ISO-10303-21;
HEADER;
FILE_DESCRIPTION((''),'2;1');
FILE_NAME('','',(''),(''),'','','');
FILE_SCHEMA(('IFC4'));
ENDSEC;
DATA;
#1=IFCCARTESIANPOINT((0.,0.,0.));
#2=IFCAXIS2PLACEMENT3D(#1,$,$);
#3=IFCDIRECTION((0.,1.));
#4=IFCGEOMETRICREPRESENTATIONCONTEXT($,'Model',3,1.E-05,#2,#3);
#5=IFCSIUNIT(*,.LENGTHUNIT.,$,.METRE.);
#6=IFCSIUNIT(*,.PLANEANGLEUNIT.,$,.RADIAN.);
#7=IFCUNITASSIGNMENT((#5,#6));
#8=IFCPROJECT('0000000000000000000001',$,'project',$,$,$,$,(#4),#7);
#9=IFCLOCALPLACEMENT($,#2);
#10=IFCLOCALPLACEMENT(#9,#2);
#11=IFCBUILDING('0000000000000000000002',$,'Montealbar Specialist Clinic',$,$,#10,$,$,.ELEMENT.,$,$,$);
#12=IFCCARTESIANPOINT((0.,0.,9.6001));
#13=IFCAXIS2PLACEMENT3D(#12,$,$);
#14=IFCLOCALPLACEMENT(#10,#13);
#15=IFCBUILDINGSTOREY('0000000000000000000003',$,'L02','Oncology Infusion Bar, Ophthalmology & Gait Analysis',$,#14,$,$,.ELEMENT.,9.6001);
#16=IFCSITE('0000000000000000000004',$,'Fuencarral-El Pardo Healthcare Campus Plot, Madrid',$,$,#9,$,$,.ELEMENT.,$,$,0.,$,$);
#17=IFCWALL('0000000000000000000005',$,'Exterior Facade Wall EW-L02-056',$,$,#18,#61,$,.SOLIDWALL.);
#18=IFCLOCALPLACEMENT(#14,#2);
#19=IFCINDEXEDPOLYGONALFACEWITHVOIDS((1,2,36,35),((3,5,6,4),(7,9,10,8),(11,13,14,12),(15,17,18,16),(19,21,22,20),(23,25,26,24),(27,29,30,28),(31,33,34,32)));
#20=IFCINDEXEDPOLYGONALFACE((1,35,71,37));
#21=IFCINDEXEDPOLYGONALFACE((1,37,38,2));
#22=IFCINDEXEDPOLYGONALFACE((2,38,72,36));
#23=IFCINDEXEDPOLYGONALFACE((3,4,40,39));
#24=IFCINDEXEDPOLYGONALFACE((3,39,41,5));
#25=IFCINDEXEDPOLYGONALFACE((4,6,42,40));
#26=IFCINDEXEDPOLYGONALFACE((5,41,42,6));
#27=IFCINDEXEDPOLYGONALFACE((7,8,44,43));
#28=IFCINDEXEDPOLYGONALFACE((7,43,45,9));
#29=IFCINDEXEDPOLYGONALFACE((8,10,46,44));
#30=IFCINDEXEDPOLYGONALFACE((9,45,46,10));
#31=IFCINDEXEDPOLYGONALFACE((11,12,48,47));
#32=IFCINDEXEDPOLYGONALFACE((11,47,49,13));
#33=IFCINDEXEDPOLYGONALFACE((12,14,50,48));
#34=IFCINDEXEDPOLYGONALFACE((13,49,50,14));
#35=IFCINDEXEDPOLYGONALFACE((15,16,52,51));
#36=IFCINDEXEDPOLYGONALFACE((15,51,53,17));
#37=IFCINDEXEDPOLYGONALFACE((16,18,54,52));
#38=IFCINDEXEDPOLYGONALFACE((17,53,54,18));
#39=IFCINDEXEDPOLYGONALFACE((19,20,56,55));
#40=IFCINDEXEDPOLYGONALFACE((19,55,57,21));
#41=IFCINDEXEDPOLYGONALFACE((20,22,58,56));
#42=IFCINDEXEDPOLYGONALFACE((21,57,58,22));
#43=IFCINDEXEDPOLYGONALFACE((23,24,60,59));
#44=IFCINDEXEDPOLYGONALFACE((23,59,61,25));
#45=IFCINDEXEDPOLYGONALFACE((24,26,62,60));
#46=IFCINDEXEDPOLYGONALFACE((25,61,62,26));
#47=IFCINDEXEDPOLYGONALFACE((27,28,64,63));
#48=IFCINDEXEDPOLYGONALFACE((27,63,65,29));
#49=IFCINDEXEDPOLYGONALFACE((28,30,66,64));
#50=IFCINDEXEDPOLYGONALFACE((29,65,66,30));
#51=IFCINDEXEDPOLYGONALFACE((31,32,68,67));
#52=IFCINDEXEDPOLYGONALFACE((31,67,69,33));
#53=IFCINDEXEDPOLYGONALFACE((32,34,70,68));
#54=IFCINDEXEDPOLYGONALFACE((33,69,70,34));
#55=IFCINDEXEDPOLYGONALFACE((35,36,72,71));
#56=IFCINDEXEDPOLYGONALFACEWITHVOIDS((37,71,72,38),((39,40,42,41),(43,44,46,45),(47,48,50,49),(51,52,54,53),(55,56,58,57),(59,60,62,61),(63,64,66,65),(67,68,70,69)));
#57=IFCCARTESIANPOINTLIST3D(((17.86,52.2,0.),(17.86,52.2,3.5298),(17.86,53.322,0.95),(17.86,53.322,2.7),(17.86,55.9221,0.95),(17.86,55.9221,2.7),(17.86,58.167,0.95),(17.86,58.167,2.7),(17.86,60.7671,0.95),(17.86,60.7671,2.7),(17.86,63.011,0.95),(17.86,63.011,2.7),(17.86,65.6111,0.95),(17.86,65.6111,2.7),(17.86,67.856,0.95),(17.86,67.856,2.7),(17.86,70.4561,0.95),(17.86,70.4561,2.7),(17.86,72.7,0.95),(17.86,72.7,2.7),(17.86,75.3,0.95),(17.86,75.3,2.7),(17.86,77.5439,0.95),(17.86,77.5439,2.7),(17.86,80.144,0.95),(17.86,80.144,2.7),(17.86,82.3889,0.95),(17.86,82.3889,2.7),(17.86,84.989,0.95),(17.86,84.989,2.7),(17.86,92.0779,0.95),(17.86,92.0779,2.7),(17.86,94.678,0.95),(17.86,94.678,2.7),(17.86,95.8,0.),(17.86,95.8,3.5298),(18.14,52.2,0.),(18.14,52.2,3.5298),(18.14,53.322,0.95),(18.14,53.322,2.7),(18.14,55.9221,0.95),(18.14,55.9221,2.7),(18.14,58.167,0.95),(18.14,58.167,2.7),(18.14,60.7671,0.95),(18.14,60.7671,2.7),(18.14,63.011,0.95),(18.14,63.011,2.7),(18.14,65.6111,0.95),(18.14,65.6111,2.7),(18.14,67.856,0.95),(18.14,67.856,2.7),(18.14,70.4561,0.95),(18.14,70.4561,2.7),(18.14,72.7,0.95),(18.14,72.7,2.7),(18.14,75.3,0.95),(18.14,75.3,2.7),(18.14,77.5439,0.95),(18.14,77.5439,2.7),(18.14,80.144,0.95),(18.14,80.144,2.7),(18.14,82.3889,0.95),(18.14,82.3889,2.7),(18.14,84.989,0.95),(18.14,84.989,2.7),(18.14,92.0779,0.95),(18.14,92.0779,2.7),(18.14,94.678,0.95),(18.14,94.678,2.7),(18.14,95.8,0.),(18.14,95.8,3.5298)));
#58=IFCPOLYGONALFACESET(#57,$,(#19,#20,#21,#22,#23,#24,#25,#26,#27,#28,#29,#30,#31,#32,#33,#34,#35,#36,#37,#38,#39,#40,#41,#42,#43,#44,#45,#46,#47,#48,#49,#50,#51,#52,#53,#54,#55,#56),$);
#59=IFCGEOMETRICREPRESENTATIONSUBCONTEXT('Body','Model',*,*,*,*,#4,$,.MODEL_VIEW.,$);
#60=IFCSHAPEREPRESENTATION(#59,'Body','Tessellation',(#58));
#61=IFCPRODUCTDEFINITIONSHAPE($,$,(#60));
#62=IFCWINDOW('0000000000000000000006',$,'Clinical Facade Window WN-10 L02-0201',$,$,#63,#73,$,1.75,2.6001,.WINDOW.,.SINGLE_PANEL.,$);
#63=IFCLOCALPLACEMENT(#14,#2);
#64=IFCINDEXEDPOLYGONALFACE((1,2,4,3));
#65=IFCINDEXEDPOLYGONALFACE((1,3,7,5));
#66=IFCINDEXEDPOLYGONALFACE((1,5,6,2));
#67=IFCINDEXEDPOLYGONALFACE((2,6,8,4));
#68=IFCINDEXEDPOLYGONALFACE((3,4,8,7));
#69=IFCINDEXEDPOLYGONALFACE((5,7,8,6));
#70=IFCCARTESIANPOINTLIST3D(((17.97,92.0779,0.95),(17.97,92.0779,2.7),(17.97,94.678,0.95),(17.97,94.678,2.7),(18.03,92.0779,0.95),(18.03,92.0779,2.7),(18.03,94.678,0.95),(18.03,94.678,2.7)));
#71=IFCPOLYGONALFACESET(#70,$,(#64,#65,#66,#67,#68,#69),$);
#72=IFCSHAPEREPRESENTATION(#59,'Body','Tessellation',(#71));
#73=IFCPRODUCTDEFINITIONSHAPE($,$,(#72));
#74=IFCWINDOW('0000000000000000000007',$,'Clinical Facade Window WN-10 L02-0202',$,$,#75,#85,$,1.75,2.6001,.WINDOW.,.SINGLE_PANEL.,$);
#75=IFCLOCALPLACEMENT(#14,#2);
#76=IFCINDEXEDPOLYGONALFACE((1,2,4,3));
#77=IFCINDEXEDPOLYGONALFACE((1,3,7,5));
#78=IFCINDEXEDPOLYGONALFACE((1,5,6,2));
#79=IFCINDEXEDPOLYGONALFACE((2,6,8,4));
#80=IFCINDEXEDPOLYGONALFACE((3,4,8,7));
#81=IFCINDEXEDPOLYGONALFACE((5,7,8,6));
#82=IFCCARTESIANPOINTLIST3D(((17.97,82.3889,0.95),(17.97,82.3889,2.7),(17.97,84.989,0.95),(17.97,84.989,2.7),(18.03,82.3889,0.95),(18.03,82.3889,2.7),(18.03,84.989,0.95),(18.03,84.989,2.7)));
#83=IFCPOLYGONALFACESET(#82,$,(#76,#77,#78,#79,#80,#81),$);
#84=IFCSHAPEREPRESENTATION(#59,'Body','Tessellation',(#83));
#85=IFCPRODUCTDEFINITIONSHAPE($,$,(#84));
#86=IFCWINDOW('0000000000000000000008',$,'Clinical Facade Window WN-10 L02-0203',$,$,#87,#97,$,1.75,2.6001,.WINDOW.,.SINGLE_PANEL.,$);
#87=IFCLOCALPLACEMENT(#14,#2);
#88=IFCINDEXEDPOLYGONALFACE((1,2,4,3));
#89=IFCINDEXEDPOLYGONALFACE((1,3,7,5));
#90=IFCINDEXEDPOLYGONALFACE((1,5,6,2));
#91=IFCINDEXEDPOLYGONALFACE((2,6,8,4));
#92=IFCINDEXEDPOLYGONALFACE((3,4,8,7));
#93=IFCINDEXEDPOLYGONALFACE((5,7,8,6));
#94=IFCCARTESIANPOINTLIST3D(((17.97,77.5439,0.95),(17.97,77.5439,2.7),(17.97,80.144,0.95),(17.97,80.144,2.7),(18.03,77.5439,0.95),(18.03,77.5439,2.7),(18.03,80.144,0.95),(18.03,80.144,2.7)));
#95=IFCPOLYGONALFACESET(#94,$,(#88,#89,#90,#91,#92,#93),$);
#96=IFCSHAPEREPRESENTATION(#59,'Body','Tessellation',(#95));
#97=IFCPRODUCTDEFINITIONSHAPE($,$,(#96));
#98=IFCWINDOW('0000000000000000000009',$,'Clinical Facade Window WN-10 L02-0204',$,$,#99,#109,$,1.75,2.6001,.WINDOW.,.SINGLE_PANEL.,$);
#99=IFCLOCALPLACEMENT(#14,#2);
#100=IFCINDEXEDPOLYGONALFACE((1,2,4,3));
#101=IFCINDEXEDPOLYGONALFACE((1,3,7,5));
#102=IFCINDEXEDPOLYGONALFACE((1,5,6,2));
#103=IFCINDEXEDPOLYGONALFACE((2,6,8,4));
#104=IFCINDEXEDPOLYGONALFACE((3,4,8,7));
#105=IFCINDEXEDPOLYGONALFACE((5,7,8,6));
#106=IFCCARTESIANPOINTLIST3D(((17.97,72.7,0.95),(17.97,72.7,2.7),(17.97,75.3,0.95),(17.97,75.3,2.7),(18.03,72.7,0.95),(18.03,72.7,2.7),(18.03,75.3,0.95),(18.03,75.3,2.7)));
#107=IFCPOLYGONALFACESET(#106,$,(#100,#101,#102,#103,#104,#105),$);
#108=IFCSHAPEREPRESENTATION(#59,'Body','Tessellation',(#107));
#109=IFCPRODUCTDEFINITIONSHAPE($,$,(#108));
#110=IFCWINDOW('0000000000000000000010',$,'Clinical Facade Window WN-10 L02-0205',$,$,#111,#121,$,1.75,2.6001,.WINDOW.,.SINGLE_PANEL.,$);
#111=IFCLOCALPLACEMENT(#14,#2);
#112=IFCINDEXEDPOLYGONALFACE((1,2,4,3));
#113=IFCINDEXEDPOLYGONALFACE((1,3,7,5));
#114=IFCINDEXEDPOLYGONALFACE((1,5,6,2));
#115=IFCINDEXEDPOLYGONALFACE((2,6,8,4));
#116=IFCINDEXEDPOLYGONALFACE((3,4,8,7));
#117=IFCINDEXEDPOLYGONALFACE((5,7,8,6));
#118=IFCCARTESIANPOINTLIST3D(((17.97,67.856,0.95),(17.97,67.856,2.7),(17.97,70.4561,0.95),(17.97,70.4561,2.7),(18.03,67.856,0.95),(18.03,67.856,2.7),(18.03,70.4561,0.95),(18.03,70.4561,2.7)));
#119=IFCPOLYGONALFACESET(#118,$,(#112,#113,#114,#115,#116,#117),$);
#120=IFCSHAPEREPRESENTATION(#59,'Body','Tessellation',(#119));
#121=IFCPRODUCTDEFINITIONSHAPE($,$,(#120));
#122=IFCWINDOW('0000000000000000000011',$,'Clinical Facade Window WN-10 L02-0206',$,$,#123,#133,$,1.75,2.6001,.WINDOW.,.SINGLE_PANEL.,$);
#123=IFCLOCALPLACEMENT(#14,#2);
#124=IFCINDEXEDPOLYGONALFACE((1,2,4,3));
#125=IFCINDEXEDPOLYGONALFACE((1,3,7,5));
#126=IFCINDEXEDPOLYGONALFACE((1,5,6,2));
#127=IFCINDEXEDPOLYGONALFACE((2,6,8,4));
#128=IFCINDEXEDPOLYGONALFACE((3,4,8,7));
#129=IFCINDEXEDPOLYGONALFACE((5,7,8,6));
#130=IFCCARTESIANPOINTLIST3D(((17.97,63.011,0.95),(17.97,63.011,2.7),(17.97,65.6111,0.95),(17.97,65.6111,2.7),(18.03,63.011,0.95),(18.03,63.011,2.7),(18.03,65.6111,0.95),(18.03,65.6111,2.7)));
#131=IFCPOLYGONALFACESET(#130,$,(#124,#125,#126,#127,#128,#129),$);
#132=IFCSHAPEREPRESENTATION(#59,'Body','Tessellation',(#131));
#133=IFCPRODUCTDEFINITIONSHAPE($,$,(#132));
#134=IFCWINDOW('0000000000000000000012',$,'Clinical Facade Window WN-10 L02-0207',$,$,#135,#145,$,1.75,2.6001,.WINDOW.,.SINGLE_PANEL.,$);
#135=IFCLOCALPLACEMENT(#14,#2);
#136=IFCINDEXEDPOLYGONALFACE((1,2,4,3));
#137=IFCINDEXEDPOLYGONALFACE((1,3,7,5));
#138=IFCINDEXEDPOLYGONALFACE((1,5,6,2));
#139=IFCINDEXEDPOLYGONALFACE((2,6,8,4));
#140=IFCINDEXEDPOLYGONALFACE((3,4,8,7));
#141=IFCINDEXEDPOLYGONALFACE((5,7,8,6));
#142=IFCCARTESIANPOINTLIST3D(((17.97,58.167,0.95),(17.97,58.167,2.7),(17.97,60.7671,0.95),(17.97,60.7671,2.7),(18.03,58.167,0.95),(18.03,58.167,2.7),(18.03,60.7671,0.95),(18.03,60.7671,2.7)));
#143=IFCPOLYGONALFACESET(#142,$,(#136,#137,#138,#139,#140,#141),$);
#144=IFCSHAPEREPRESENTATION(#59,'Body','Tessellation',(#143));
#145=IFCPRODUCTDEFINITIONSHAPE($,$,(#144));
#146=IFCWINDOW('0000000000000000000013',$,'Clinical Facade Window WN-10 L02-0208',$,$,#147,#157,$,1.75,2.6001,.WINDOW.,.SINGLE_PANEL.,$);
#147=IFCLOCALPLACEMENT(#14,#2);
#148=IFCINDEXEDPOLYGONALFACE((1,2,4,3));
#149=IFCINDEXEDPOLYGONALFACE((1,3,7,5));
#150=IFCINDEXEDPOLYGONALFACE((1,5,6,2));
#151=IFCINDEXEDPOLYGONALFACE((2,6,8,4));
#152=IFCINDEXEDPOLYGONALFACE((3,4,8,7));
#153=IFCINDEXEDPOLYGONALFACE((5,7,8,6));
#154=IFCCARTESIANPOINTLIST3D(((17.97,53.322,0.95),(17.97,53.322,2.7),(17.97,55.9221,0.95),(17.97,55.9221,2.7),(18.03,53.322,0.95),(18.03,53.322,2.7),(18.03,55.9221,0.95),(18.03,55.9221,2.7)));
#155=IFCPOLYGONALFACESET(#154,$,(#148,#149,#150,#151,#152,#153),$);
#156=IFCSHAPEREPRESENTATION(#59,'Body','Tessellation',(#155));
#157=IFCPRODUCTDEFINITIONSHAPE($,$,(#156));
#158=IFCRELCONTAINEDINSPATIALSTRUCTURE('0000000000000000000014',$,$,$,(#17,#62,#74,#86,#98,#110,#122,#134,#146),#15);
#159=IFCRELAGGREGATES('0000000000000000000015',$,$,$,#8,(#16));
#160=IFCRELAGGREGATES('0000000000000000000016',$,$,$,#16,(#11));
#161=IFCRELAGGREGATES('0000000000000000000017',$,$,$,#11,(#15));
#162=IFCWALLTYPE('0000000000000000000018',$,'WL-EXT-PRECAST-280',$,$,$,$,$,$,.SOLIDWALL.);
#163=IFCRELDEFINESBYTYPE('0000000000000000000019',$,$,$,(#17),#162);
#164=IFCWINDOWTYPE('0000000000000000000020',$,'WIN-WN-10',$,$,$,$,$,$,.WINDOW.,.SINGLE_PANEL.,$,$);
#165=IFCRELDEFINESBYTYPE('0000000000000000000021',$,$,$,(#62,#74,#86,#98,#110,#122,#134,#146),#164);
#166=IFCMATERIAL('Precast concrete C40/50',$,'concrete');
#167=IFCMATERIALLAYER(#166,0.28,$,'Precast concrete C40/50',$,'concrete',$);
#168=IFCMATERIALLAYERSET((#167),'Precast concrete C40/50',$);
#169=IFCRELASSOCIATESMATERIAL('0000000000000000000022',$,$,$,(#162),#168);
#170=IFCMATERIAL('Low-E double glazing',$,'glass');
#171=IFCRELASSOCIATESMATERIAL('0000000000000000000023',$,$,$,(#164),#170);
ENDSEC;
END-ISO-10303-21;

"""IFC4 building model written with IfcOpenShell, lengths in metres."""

from ifc_helpers import new_model, si_unit, direction, frame, frame_2d, origin, place, context, subcontext, project, spatial, rectangle, extrude, material, layer, layer_set, type_object, element, fill, save


model = new_model("IFC4")

# Units and contexts
model_context = context("Model", 3, precision=1e-05, world=origin(), true_north=direction((0.0, 1.0)))
body_context = subcontext(model_context, "Body", "Model", "MODEL_VIEW")
ifc_project = project(units=[si_unit("LENGTHUNIT", "METRE"), si_unit("PLANEANGLEUNIT", "RADIAN")], contexts=[model_context])

# Site, building, storey
site_placement = place(None, origin())
site = spatial("IfcSite", under=ifc_project, at=site_placement, Name="Fuencarral-El Pardo Healthcare Campus Plot, Madrid", CompositionType="ELEMENT", RefElevation=0.0)
building_placement = place(site_placement, origin())
building = spatial("IfcBuilding", under=site, at=building_placement, Name="Montealbar Specialist Clinic", CompositionType="ELEMENT")
storey_placement = place(building_placement, frame((0.0, 0.0, 9.6001)))
storey = spatial("IfcBuildingStorey", under=building, at=storey_placement, Name="L02", Description="Oncology Infusion Bar, Ophthalmology & Gait Analysis", CompositionType="ELEMENT", Elevation=9.6001)

# Wall, openings, windows
ifc_material_1 = material(Name="Precast concrete C40/50", Category="concrete")
ifc_layer_1 = layer(ifc_material_1, 0.28, Name="Precast concrete C40/50", Category="concrete")
ifc_layer_set_1 = layer_set([ifc_layer_1], Name="Precast concrete C40/50")
wall_type_1 = type_object("IfcWallType", Name="WL-EXT-PRECAST-280", PredefinedType="SOLIDWALL", material=ifc_layer_set_1)
wall_1_placement = place(storey_placement, frame((18.0, 95.8, 0.0), z_axis=(0.0, 0.0, 1.0), x_axis=(0.0, -1.0, 0.0)))
wall_1 = element("IfcWall", 1, at=wall_1_placement, inside=storey, type_object=wall_type_1, Name="Exterior Facade Wall EW-L02-056", PredefinedType="SOLIDWALL", context=body_context, shape_type="SweptSolid", body=[
    extrude(rectangle(XDim=43.6001, YDim=0.28, at=frame_2d((21.8, 0.0))), origin(), (0.0, 0.0, 1.0), 3.5298),
])
opening_1_placement = place(wall_1_placement, frame((1.1221, 0.0, 0.95)))
opening_1 = element("IfcOpeningElement", 2, at=opening_1_placement, cuts=wall_1, PredefinedType="OPENING", context=body_context, shape_type="SweptSolid", body=[
    extrude(rectangle(XDim=2.6001, YDim=1.75, at=frame_2d((1.3, 0.875))), frame((0.0, 0.1499, 0.0), z_axis=(0.0, -1.0, 0.0), x_axis=(1.0, 0.0, 0.0)), (0.0, 0.0, 1.0), 0.3),
])
opening_2_placement = place(wall_1_placement, frame((10.811, 0.0, 0.95)))
opening_2 = element("IfcOpeningElement", 3, at=opening_2_placement, cuts=wall_1, PredefinedType="OPENING", context=body_context, shape_type="SweptSolid", body=[
    extrude(rectangle(XDim=2.6001, YDim=1.75, at=frame_2d((1.3, 0.875))), frame((0.0, 0.1499, 0.0), z_axis=(0.0, -1.0, 0.0), x_axis=(1.0, 0.0, 0.0)), (0.0, 0.0, 1.0), 0.3),
])
opening_3_placement = place(wall_1_placement, frame((15.656, 0.0, 0.95)))
opening_3 = element("IfcOpeningElement", 4, at=opening_3_placement, cuts=wall_1, PredefinedType="OPENING", context=body_context, shape_type="SweptSolid", body=[
    extrude(rectangle(XDim=2.6001, YDim=1.75, at=frame_2d((1.3, 0.875))), frame((0.0, 0.1499, 0.0), z_axis=(0.0, -1.0, 0.0), x_axis=(1.0, 0.0, 0.0)), (0.0, 0.0, 1.0), 0.3),
])
opening_4_placement = place(wall_1_placement, frame((20.5, 0.0, 0.95)))
opening_4 = element("IfcOpeningElement", 5, at=opening_4_placement, cuts=wall_1, PredefinedType="OPENING", context=body_context, shape_type="SweptSolid", body=[
    extrude(rectangle(XDim=2.6001, YDim=1.75, at=frame_2d((1.3, 0.875))), frame((0.0, 0.1499, 0.0), z_axis=(0.0, -1.0, 0.0), x_axis=(1.0, 0.0, 0.0)), (0.0, 0.0, 1.0), 0.3),
])
opening_5_placement = place(wall_1_placement, frame((25.344, 0.0, 0.95)))
opening_5 = element("IfcOpeningElement", 6, at=opening_5_placement, cuts=wall_1, PredefinedType="OPENING", context=body_context, shape_type="SweptSolid", body=[
    extrude(rectangle(XDim=2.6001, YDim=1.75, at=frame_2d((1.3, 0.875))), frame((0.0, 0.1499, 0.0), z_axis=(0.0, -1.0, 0.0), x_axis=(1.0, 0.0, 0.0)), (0.0, 0.0, 1.0), 0.3),
])
opening_6_placement = place(wall_1_placement, frame((30.189, 0.0, 0.95)))
opening_6 = element("IfcOpeningElement", 7, at=opening_6_placement, cuts=wall_1, PredefinedType="OPENING", context=body_context, shape_type="SweptSolid", body=[
    extrude(rectangle(XDim=2.6001, YDim=1.75, at=frame_2d((1.3, 0.875))), frame((0.0, 0.1499, 0.0), z_axis=(0.0, -1.0, 0.0), x_axis=(1.0, 0.0, 0.0)), (0.0, 0.0, 1.0), 0.3),
])
opening_7_placement = place(wall_1_placement, frame((35.033, 0.0, 0.95)))
opening_7 = element("IfcOpeningElement", 8, at=opening_7_placement, cuts=wall_1, PredefinedType="OPENING", context=body_context, shape_type="SweptSolid", body=[
    extrude(rectangle(XDim=2.6001, YDim=1.75, at=frame_2d((1.3, 0.875))), frame((0.0, 0.1499, 0.0), z_axis=(0.0, -1.0, 0.0), x_axis=(1.0, 0.0, 0.0)), (0.0, 0.0, 1.0), 0.3),
])
opening_8_placement = place(wall_1_placement, frame((39.8779, 0.0, 0.95)))
opening_8 = element("IfcOpeningElement", 9, at=opening_8_placement, cuts=wall_1, PredefinedType="OPENING", context=body_context, shape_type="SweptSolid", body=[
    extrude(rectangle(XDim=2.6001, YDim=1.75, at=frame_2d((1.3, 0.875))), frame((0.0, 0.1499, 0.0), z_axis=(0.0, -1.0, 0.0), x_axis=(1.0, 0.0, 0.0)), (0.0, 0.0, 1.0), 0.3),
])
ifc_material_2 = material(Name="Low-E double glazing", Category="glass")
window_type = type_object("IfcWindowType", Name="WIN-WN-10", PartitioningType="SINGLE_PANEL", PredefinedType="WINDOW", material=ifc_material_2)
window_1_placement = place(opening_1_placement, origin())
window_1 = element("IfcWindow", 10, at=window_1_placement, inside=storey, type_object=window_type, Name="Clinical Facade Window WN-10 L02-0201", OverallHeight=1.75, OverallWidth=2.6001, PartitioningType="SINGLE_PANEL", PredefinedType="WINDOW", context=body_context, shape_type="SweptSolid", body=[
    extrude(rectangle(XDim=2.6001, YDim=1.75, at=frame_2d((1.3, 0.875))), frame((0.0, 0.03, 0.0), z_axis=(0.0, -1.0, 0.0), x_axis=(1.0, 0.0, 0.0)), (0.0, 0.0, 1.0), 0.0601),
])
fill(opening_1, window_1)
window_2_placement = place(opening_2_placement, origin())
window_2 = element("IfcWindow", 11, at=window_2_placement, inside=storey, type_object=window_type, Name="Clinical Facade Window WN-10 L02-0202", OverallHeight=1.75, OverallWidth=2.6001, PartitioningType="SINGLE_PANEL", PredefinedType="WINDOW", context=body_context, shape_type="SweptSolid", body=[
    extrude(rectangle(XDim=2.6001, YDim=1.75, at=frame_2d((1.3, 0.875))), frame((0.0, 0.03, 0.0), z_axis=(0.0, -1.0, 0.0), x_axis=(1.0, 0.0, 0.0)), (0.0, 0.0, 1.0), 0.0601),
])
fill(opening_2, window_2)
window_3_placement = place(opening_3_placement, origin())
window_3 = element("IfcWindow", 12, at=window_3_placement, inside=storey, type_object=window_type, Name="Clinical Facade Window WN-10 L02-0203", OverallHeight=1.75, OverallWidth=2.6001, PartitioningType="SINGLE_PANEL", PredefinedType="WINDOW", context=body_context, shape_type="SweptSolid", body=[
    extrude(rectangle(XDim=2.6001, YDim=1.75, at=frame_2d((1.3, 0.875))), frame((0.0, 0.03, 0.0), z_axis=(0.0, -1.0, 0.0), x_axis=(1.0, 0.0, 0.0)), (0.0, 0.0, 1.0), 0.0601),
])
fill(opening_3, window_3)
window_4_placement = place(opening_4_placement, origin())
window_4 = element("IfcWindow", 13, at=window_4_placement, inside=storey, type_object=window_type, Name="Clinical Facade Window WN-10 L02-0204", OverallHeight=1.75, OverallWidth=2.6001, PartitioningType="SINGLE_PANEL", PredefinedType="WINDOW", context=body_context, shape_type="SweptSolid", body=[
    extrude(rectangle(XDim=2.6001, YDim=1.75, at=frame_2d((1.3, 0.875))), frame((0.0, 0.03, 0.0), z_axis=(0.0, -1.0, 0.0), x_axis=(1.0, 0.0, 0.0)), (0.0, 0.0, 1.0), 0.0601),
])
fill(opening_4, window_4)
window_5_placement = place(opening_5_placement, origin())
window_5 = element("IfcWindow", 14, at=window_5_placement, inside=storey, type_object=window_type, Name="Clinical Facade Window WN-10 L02-0205", OverallHeight=1.75, OverallWidth=2.6001, PartitioningType="SINGLE_PANEL", PredefinedType="WINDOW", context=body_context, shape_type="SweptSolid", body=[
    extrude(rectangle(XDim=2.6001, YDim=1.75, at=frame_2d((1.3, 0.875))), frame((0.0, 0.03, 0.0), z_axis=(0.0, -1.0, 0.0), x_axis=(1.0, 0.0, 0.0)), (0.0, 0.0, 1.0), 0.0601),
])
fill(opening_5, window_5)
window_6_placement = place(opening_6_placement, origin())
window_6 = element("IfcWindow", 15, at=window_6_placement, inside=storey, type_object=window_type, Name="Clinical Facade Window WN-10 L02-0206", OverallHeight=1.75, OverallWidth=2.6001, PartitioningType="SINGLE_PANEL", PredefinedType="WINDOW", context=body_context, shape_type="SweptSolid", body=[
    extrude(rectangle(XDim=2.6001, YDim=1.75, at=frame_2d((1.3, 0.875))), frame((0.0, 0.03, 0.0), z_axis=(0.0, -1.0, 0.0), x_axis=(1.0, 0.0, 0.0)), (0.0, 0.0, 1.0), 0.0601),
])
fill(opening_6, window_6)
window_7_placement = place(opening_7_placement, origin())
window_7 = element("IfcWindow", 16, at=window_7_placement, inside=storey, type_object=window_type, Name="Clinical Facade Window WN-10 L02-0207", OverallHeight=1.75, OverallWidth=2.6001, PartitioningType="SINGLE_PANEL", PredefinedType="WINDOW", context=body_context, shape_type="SweptSolid", body=[
    extrude(rectangle(XDim=2.6001, YDim=1.75, at=frame_2d((1.3, 0.875))), frame((0.0, 0.03, 0.0), z_axis=(0.0, -1.0, 0.0), x_axis=(1.0, 0.0, 0.0)), (0.0, 0.0, 1.0), 0.0601),
])
fill(opening_7, window_7)
window_8_placement = place(opening_8_placement, origin())
window_8 = element("IfcWindow", 17, at=window_8_placement, inside=storey, type_object=window_type, Name="Clinical Facade Window WN-10 L02-0208", OverallHeight=1.75, OverallWidth=2.6001, PartitioningType="SINGLE_PANEL", PredefinedType="WINDOW", context=body_context, shape_type="SweptSolid", body=[
    extrude(rectangle(XDim=2.6001, YDim=1.75, at=frame_2d((1.3, 0.875))), frame((0.0, 0.03, 0.0), z_axis=(0.0, -1.0, 0.0), x_axis=(1.0, 0.0, 0.0)), (0.0, 0.0, 1.0), 0.0601),
])
fill(opening_8, window_8)

save(model, "model.ifc")
